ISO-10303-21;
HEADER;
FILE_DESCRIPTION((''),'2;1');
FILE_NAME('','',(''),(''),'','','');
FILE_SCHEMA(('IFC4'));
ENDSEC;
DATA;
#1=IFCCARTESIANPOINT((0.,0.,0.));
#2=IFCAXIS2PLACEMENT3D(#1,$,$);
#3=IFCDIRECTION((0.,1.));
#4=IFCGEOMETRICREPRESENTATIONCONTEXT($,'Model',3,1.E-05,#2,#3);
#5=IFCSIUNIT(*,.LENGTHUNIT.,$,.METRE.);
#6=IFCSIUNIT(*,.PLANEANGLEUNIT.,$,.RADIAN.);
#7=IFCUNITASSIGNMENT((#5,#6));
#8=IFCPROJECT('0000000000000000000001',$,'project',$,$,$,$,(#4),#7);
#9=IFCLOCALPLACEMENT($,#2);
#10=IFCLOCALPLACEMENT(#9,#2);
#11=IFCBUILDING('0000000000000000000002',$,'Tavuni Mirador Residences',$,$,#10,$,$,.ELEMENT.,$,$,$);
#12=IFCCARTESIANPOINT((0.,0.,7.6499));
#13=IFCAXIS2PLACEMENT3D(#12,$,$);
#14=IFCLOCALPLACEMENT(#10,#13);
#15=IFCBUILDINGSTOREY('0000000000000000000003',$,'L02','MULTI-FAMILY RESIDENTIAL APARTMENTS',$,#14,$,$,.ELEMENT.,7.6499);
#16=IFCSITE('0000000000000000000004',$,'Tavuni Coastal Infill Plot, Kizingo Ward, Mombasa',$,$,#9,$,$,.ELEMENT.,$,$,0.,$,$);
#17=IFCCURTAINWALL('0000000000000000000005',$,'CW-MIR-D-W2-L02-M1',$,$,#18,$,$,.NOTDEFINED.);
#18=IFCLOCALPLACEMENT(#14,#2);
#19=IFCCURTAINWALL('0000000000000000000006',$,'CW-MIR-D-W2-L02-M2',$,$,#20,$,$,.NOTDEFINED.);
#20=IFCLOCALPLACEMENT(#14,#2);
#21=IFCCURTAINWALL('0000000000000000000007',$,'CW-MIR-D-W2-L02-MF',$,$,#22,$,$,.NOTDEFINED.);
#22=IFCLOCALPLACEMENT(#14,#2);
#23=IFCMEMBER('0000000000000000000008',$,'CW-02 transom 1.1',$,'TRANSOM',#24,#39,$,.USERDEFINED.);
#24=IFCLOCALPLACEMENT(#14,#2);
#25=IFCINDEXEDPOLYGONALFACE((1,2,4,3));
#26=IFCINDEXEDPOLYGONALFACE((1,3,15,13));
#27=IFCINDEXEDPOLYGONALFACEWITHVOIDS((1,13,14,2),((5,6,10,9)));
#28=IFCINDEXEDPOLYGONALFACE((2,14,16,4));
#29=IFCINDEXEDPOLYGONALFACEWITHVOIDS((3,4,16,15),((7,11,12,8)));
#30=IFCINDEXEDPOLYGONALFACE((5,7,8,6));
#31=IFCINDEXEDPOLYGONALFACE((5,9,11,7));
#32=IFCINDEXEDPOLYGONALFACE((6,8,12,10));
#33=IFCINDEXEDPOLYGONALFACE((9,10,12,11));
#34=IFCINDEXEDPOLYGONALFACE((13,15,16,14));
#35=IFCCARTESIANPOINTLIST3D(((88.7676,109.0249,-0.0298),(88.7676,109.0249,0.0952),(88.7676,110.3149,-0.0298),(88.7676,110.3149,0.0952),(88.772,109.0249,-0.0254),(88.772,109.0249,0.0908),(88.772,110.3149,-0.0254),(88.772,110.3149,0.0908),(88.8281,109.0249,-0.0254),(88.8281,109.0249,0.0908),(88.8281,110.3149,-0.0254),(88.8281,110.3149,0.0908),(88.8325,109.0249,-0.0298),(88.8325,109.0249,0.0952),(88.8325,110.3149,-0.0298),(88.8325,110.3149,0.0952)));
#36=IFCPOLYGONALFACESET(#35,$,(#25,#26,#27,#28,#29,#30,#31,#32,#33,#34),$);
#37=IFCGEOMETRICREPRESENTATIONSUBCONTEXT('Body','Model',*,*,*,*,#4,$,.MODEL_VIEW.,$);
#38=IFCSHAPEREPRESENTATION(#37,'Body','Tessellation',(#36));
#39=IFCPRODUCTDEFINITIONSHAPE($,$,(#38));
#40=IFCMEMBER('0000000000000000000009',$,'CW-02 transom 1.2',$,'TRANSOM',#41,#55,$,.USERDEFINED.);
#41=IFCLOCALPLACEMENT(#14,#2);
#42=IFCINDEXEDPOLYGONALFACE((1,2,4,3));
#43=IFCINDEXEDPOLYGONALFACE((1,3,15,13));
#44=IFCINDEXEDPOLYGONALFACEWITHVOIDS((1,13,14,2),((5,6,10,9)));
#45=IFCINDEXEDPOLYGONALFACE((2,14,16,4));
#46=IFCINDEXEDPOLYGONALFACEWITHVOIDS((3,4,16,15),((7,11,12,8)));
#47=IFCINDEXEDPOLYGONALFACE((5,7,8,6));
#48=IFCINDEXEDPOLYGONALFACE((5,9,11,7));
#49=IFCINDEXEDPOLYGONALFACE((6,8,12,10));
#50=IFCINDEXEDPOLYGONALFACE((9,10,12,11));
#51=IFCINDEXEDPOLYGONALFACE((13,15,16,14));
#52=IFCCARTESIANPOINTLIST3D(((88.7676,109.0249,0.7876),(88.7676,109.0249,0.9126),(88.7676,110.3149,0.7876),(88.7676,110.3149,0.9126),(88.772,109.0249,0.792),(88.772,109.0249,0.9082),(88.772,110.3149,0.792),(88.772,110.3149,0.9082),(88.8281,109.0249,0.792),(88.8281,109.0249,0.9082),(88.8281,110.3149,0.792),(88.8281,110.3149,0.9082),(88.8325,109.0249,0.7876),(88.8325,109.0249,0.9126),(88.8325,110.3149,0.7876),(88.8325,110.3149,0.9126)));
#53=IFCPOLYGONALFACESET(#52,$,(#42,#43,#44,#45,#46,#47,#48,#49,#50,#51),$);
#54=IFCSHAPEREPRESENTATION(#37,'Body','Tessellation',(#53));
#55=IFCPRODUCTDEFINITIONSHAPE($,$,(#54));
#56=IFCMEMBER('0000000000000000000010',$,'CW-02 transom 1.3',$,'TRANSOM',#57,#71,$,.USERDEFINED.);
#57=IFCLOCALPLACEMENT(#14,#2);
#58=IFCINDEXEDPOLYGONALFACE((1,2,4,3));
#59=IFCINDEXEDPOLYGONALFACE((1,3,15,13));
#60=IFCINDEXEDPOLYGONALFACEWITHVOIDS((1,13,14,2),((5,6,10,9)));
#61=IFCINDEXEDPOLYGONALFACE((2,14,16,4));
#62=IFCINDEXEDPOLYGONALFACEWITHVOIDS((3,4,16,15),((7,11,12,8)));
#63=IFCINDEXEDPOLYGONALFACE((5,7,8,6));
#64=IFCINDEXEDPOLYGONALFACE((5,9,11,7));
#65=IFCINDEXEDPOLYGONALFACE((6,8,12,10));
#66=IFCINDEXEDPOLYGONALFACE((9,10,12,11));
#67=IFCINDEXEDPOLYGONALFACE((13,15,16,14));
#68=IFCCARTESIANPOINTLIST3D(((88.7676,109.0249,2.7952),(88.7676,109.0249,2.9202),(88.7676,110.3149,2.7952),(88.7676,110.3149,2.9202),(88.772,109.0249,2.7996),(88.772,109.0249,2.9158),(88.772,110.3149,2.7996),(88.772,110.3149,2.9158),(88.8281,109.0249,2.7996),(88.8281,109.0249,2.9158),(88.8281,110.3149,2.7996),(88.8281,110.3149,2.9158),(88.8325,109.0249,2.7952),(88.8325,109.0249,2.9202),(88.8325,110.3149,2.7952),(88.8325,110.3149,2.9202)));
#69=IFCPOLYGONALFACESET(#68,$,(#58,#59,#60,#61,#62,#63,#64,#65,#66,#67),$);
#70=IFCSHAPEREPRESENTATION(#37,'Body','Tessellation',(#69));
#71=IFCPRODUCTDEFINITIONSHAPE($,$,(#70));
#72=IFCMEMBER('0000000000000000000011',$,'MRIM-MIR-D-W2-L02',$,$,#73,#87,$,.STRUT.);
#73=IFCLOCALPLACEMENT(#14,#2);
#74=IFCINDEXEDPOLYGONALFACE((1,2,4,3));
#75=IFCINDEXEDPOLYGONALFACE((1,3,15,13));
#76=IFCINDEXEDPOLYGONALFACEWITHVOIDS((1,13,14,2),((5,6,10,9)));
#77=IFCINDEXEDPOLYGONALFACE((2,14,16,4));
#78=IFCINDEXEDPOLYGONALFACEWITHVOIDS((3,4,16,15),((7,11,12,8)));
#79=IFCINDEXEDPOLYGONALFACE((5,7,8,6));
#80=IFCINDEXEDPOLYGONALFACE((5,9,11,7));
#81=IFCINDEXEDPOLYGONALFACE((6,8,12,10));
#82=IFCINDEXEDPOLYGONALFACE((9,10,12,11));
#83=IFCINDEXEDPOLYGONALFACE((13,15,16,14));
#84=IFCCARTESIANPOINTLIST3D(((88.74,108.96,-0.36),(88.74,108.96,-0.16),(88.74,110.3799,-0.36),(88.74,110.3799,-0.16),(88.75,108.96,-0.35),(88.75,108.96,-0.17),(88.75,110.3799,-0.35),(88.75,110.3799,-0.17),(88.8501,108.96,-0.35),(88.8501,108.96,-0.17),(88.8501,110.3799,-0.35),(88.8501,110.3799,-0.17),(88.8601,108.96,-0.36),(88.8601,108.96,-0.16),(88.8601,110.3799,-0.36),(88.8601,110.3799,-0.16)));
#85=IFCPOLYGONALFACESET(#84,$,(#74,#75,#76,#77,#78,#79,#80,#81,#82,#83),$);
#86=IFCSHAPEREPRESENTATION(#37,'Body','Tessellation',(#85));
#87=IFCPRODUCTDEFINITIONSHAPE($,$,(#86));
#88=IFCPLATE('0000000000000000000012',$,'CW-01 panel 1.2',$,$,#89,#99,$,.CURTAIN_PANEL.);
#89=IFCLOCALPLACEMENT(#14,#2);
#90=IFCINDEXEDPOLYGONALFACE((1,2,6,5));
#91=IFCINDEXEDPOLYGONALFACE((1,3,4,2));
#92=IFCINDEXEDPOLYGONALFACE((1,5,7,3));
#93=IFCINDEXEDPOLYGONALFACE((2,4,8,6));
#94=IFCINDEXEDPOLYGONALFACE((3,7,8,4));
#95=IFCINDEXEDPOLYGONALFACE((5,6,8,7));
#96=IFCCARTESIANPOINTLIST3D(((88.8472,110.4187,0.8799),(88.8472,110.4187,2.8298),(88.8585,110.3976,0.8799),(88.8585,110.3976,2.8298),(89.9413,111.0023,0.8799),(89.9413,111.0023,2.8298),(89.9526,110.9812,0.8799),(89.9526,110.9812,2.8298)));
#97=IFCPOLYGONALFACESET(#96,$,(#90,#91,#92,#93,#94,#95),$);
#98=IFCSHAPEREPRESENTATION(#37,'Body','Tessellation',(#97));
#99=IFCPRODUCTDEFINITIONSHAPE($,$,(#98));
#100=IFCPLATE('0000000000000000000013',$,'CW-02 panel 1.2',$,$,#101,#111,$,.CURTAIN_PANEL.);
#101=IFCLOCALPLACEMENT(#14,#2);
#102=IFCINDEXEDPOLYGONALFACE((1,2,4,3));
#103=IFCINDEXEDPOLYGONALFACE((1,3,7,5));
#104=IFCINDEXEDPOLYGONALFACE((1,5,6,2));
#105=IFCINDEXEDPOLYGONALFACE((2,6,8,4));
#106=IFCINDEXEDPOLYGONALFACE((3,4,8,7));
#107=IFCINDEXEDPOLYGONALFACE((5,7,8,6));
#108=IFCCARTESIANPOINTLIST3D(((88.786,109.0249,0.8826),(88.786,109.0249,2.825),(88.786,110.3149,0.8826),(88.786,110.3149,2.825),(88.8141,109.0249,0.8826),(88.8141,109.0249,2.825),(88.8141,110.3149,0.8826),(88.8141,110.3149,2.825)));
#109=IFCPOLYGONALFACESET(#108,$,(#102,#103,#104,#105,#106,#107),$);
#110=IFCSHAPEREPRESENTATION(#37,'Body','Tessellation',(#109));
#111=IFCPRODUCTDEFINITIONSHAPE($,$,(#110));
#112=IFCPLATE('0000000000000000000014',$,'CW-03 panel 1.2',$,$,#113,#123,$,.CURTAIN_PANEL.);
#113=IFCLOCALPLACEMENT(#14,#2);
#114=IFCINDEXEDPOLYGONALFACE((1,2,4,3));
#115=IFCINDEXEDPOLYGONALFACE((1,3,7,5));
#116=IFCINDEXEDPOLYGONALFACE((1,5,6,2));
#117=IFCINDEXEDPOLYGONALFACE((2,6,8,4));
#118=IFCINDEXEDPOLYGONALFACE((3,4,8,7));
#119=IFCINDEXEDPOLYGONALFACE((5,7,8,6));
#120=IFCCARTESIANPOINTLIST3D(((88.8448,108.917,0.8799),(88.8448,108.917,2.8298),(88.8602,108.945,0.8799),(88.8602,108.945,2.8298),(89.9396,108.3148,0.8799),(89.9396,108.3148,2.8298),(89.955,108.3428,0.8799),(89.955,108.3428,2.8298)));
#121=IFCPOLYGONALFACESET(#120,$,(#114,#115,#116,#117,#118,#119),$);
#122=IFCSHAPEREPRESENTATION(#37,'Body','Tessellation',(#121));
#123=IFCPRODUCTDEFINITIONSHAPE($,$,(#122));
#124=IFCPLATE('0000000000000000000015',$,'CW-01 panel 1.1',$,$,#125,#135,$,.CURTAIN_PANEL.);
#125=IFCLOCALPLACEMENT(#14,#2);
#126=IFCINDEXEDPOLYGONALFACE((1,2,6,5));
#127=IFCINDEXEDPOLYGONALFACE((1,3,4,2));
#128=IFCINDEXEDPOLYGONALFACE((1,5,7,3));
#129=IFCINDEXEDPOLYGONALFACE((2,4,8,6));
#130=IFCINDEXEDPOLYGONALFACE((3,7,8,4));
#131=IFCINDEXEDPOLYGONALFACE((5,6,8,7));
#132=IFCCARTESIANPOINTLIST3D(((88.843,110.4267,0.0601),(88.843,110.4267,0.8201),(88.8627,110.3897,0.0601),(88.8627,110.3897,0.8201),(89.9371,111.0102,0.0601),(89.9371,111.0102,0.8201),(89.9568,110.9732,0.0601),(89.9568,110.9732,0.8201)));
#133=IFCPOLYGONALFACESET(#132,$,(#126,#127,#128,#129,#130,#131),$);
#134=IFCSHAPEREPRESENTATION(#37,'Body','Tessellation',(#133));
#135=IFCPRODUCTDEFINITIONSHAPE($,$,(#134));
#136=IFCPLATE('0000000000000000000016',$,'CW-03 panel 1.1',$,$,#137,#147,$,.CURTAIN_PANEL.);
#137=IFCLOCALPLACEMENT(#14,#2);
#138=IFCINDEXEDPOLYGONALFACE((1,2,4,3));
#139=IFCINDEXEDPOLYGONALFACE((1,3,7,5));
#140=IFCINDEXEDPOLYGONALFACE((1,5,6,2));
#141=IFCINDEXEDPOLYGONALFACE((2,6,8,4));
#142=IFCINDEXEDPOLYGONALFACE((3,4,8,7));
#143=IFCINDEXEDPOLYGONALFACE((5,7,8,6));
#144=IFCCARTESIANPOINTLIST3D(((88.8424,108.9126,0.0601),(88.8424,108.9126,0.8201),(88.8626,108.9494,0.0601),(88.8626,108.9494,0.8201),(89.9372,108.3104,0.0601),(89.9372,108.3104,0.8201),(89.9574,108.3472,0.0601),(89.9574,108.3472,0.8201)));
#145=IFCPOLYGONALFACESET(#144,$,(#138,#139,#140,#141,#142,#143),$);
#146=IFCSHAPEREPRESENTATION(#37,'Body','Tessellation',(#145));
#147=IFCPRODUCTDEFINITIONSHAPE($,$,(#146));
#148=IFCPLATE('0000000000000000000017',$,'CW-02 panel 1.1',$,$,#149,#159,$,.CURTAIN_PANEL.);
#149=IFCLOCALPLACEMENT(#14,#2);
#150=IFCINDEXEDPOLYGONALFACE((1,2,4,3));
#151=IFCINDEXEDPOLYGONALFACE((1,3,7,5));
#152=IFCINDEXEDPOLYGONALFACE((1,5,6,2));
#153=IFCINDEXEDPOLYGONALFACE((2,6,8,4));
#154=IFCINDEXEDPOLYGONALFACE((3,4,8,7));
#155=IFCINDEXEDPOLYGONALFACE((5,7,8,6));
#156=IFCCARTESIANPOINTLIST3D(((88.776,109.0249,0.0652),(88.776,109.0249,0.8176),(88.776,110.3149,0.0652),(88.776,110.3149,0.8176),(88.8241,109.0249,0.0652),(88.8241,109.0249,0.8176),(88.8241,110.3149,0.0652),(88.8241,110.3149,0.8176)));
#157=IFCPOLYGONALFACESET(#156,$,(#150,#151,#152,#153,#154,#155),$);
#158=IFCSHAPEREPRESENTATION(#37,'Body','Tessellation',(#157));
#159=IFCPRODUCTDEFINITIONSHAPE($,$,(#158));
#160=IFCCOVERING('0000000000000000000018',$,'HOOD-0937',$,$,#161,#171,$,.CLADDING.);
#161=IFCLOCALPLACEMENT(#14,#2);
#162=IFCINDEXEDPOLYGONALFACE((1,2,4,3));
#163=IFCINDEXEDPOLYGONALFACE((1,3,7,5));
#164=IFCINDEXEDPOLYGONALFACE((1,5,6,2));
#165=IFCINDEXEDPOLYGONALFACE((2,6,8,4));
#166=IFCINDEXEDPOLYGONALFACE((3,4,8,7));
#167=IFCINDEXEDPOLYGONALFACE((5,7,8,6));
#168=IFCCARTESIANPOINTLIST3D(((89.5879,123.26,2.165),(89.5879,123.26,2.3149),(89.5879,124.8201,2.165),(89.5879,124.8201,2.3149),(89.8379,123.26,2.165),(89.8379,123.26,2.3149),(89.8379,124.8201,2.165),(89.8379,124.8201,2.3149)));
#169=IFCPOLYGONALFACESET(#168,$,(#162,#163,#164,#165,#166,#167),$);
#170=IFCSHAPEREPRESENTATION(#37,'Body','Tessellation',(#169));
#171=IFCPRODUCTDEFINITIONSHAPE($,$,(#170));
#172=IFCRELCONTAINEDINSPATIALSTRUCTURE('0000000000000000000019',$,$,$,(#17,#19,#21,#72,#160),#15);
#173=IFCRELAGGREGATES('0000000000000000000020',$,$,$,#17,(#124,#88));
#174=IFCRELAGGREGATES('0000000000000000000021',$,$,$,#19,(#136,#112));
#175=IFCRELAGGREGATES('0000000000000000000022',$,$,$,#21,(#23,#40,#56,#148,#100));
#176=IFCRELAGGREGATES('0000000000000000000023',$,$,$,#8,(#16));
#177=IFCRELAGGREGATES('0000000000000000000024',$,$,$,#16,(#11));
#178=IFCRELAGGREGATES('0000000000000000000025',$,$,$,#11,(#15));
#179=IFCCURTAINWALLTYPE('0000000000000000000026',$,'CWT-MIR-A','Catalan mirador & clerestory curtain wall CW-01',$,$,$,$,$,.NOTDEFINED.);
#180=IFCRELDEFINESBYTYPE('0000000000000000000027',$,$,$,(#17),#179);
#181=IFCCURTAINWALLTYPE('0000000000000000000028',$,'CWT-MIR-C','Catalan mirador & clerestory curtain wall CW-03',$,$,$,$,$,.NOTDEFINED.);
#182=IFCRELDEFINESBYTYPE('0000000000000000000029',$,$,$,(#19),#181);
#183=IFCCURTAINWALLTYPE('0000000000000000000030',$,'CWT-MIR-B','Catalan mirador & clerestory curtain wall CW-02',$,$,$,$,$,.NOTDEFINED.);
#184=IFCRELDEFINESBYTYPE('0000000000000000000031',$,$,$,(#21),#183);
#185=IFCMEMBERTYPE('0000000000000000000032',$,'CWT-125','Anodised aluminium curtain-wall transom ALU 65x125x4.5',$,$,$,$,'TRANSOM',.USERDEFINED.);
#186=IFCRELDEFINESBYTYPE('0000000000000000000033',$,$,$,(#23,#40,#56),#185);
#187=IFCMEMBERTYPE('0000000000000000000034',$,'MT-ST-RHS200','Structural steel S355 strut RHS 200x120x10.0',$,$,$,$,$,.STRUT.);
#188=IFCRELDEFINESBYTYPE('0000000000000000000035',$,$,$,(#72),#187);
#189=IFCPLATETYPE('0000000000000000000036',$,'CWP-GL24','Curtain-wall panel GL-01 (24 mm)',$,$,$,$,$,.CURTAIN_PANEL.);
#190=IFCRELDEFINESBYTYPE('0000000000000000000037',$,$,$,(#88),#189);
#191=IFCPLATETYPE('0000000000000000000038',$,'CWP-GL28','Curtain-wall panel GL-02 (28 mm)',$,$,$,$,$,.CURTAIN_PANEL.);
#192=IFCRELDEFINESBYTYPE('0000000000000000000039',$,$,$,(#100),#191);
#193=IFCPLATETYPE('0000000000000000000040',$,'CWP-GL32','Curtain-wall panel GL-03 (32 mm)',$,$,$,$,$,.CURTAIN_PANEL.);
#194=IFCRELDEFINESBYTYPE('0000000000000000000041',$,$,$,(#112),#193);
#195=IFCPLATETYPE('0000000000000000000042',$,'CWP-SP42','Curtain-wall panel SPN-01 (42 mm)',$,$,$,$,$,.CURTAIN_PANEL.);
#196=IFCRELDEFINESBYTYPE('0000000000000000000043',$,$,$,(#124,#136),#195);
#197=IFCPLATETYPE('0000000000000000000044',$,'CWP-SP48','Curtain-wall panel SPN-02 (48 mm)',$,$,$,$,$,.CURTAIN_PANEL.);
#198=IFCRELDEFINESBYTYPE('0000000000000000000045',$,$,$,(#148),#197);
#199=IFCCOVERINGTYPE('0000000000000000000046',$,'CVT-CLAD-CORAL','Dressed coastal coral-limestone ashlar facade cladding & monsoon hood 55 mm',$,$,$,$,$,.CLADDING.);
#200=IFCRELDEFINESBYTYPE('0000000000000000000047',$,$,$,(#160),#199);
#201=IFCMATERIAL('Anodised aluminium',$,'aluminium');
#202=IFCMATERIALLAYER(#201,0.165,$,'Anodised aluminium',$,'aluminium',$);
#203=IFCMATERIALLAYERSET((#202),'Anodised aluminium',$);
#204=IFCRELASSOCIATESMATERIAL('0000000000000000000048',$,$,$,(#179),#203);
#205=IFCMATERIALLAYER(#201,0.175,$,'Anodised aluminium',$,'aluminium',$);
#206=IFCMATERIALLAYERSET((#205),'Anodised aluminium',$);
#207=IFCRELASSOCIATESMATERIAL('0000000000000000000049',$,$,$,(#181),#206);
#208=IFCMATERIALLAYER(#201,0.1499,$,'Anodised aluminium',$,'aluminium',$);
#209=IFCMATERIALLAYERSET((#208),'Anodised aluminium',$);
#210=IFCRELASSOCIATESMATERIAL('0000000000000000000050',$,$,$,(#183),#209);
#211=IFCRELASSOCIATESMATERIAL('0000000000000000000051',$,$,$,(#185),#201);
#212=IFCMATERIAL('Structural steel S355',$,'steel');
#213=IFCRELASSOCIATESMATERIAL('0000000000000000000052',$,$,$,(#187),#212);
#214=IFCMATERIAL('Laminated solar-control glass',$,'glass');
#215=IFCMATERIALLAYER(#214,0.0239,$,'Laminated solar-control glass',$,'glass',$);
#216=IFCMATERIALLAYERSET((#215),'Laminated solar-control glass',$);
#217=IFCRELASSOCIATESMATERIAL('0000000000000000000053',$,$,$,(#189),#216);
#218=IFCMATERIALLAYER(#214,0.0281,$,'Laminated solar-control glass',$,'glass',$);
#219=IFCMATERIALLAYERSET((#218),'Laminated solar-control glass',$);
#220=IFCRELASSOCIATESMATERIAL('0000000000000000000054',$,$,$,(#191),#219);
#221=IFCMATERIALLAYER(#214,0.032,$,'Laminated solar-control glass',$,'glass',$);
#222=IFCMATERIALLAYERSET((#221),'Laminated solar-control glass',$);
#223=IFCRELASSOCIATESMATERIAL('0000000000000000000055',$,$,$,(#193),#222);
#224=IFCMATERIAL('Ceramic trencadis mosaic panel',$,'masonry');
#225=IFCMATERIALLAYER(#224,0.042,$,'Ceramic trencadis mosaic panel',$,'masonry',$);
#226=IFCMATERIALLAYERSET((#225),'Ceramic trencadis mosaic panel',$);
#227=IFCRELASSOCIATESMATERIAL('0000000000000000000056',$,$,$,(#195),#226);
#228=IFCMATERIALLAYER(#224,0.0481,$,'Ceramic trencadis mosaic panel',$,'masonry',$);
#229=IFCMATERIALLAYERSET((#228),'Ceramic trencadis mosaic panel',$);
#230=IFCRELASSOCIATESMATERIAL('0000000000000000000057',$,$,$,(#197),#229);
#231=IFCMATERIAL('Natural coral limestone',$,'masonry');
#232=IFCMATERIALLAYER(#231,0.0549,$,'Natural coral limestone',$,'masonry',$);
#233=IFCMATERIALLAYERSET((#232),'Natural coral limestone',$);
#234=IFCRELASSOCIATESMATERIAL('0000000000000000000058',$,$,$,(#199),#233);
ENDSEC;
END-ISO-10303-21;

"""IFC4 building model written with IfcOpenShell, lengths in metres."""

from ifc_helpers import new_model, si_unit, direction, frame, origin, origin_2d, place, context, subcontext, project, spatial, rectangle, hollow_rectangle, extrude, material, layer, layer_set, material_profile, profile_set, type_object, element, aggregate, save


model = new_model("IFC4")

# Units and contexts
model_context = context("Model", 3, precision=1e-05, world=origin(), true_north=direction((0.0, 1.0)))
body_context = subcontext(model_context, "Body", "Model", "MODEL_VIEW")
ifc_project = project(units=[si_unit("LENGTHUNIT", "METRE"), si_unit("PLANEANGLEUNIT", "RADIAN")], contexts=[model_context])

# Site, building, storey
site_placement = place(None, origin())
site = spatial("IfcSite", under=ifc_project, at=site_placement, Name="Tavuni Coastal Infill Plot, Kizingo Ward, Mombasa", CompositionType="ELEMENT", RefElevation=0.0)
building_placement = place(site_placement, origin())
building = spatial("IfcBuilding", under=site, at=building_placement, Name="Tavuni Mirador Residences", CompositionType="ELEMENT")
storey_placement = place(building_placement, frame((0.0, 0.0, 7.6499)))
storey = spatial("IfcBuildingStorey", under=building, at=storey_placement, Name="L02", Description="MULTI-FAMILY RESIDENTIAL APARTMENTS", CompositionType="ELEMENT", Elevation=7.6499)

# Shared definitions
ifc_material_1 = material(Name="Structural steel S355", Category="steel")

# Curtain walls
ifc_material_2 = material(Name="Anodised aluminium", Category="aluminium")
ifc_layer_1 = layer(ifc_material_2, 0.165, Name="Anodised aluminium", Category="aluminium")
ifc_layer_set_1 = layer_set([ifc_layer_1], Name="Anodised aluminium")
curtain_wall_type_1 = type_object("IfcCurtainWallType", Name="CWT-MIR-A", Description="Catalan mirador & clerestory curtain wall CW-01", PredefinedType="NOTDEFINED", material=ifc_layer_set_1)
curtain_wall_1_placement = place(storey_placement, origin())
curtain_wall_1 = element("IfcCurtainWall", 1, at=curtain_wall_1_placement, inside=storey, type_object=curtain_wall_type_1, Name="CW-MIR-D-W2-L02-M1", PredefinedType="NOTDEFINED")
ifc_layer_2 = layer(ifc_material_2, 0.175, Name="Anodised aluminium", Category="aluminium")
ifc_layer_set_2 = layer_set([ifc_layer_2], Name="Anodised aluminium")
curtain_wall_type_2 = type_object("IfcCurtainWallType", Name="CWT-MIR-C", Description="Catalan mirador & clerestory curtain wall CW-03", PredefinedType="NOTDEFINED", material=ifc_layer_set_2)
curtain_wall_2_placement = place(storey_placement, origin())
curtain_wall_2 = element("IfcCurtainWall", 2, at=curtain_wall_2_placement, inside=storey, type_object=curtain_wall_type_2, Name="CW-MIR-D-W2-L02-M2", PredefinedType="NOTDEFINED")

# Curtain wall
ifc_layer_3 = layer(ifc_material_2, 0.1499, Name="Anodised aluminium", Category="aluminium")
ifc_layer_set_3 = layer_set([ifc_layer_3], Name="Anodised aluminium")
curtain_wall_type_3 = type_object("IfcCurtainWallType", Name="CWT-MIR-B", Description="Catalan mirador & clerestory curtain wall CW-02", PredefinedType="NOTDEFINED", material=ifc_layer_set_3)
curtain_wall_3_placement = place(storey_placement, origin())
curtain_wall_3 = element("IfcCurtainWall", 3, at=curtain_wall_3_placement, inside=storey, type_object=curtain_wall_type_3, Name="CW-MIR-D-W2-L02-MF", PredefinedType="NOTDEFINED")

# Members
ifc_material_profile_1 = material_profile(ifc_material_2, hollow_rectangle(XDim=0.0649, YDim=0.125, WallThickness=0.0044, at=origin_2d()), Name="ALU 65x125x4.5", Category="aluminium")
ifc_profile_set_1 = profile_set([ifc_material_profile_1], Name="Anodised aluminium")
member_type_1 = type_object("IfcMemberType", Name="CWT-125", Description="Anodised aluminium curtain-wall transom ALU 65x125x4.5", ElementType="TRANSOM", PredefinedType="USERDEFINED", material=ifc_profile_set_1)
member_1_placement = place(storey_placement, frame((88.8, 110.3149, 0.0327), z_axis=(0.0, -1.0, 0.0), x_axis=(1.0, 0.0, 0.0)))
member_1 = element("IfcMember", 4, at=member_1_placement, type_object=member_type_1, Name="CW-02 transom 1.1", ObjectType="TRANSOM", PredefinedType="USERDEFINED", context=body_context, shape_type="SweptSolid", body=[
    extrude(hollow_rectangle(XDim=0.0649, YDim=0.125, WallThickness=0.0044, at=origin_2d()), origin(), (0.0, 0.0, 1.0), 1.29),
])
member_2_placement = place(storey_placement, frame((88.8, 110.3149, 0.8501), z_axis=(0.0, -1.0, 0.0), x_axis=(1.0, 0.0, 0.0)))
member_2 = element("IfcMember", 5, at=member_2_placement, type_object=member_type_1, Name="CW-02 transom 1.2", ObjectType="TRANSOM", PredefinedType="USERDEFINED", context=body_context, shape_type="SweptSolid", body=[
    extrude(hollow_rectangle(XDim=0.0649, YDim=0.125, WallThickness=0.0044, at=origin_2d()), origin(), (0.0, 0.0, 1.0), 1.29),
])
member_3_placement = place(storey_placement, frame((88.8, 110.3149, 2.8577), z_axis=(0.0, -1.0, 0.0), x_axis=(1.0, 0.0, 0.0)))
member_3 = element("IfcMember", 6, at=member_3_placement, type_object=member_type_1, Name="CW-02 transom 1.3", ObjectType="TRANSOM", PredefinedType="USERDEFINED", context=body_context, shape_type="SweptSolid", body=[
    extrude(hollow_rectangle(XDim=0.0649, YDim=0.125, WallThickness=0.0044, at=origin_2d()), origin(), (0.0, 0.0, 1.0), 1.29),
])
ifc_material_profile_2 = material_profile(ifc_material_1, hollow_rectangle(XDim=0.1201, YDim=0.2, WallThickness=0.01, at=origin_2d()), Name="RHS 200x120x10.0", Category="steel")
ifc_profile_set_2 = profile_set([ifc_material_profile_2], Name="Structural steel S355")
member_type_2 = type_object("IfcMemberType", Name="MT-ST-RHS200", Description="Structural steel S355 strut RHS 200x120x10.0", PredefinedType="STRUT", material=ifc_profile_set_2)
member_4_placement = place(storey_placement, frame((88.8, 108.96, -0.26), z_axis=(0.0, 1.0, 0.0), x_axis=(-1.0, 0.0, 0.0)))
element("IfcMember", 7, at=member_4_placement, inside=storey, type_object=member_type_2, Name="MRIM-MIR-D-W2-L02", PredefinedType="STRUT", context=body_context, shape_type="SweptSolid", body=[
    extrude(hollow_rectangle(XDim=0.1201, YDim=0.2, WallThickness=0.01, at=origin_2d()), origin(), (0.0, 0.0, 1.0), 1.4199),
])

# Plates
ifc_material_3 = material(Name="Laminated solar-control glass", Category="glass")
ifc_layer_4 = layer(ifc_material_3, 0.0239, Name="Laminated solar-control glass", Category="glass")
ifc_layer_set_4 = layer_set([ifc_layer_4], Name="Laminated solar-control glass")
plate_type_1 = type_object("IfcPlateType", Name="CWP-GL24", Description="Curtain-wall panel GL-01 (24 mm)", PredefinedType="CURTAIN_PANEL", material=ifc_layer_set_4)
plate_1_placement = place(storey_placement, frame((89.3999, 110.7, 0.8799), z_axis=(0.0, 0.0, 1.0), x_axis=(-0.882353, -0.470588, 0.0)))
plate_1 = element("IfcPlate", 8, at=plate_1_placement, type_object=plate_type_1, Name="CW-01 panel 1.2", PredefinedType="CURTAIN_PANEL", context=body_context, shape_type="SweptSolid", body=[
    extrude(rectangle(XDim=1.24, YDim=0.0239, at=origin_2d()), origin(), (0.0, 0.0, 1.0), 1.95),
])
ifc_layer_5 = layer(ifc_material_3, 0.0281, Name="Laminated solar-control glass", Category="glass")
ifc_layer_set_5 = layer_set([ifc_layer_5], Name="Laminated solar-control glass")
plate_type_2 = type_object("IfcPlateType", Name="CWP-GL28", Description="Curtain-wall panel GL-02 (28 mm)", PredefinedType="CURTAIN_PANEL", material=ifc_layer_set_5)
plate_2_placement = place(storey_placement, frame((88.8, 109.6699, 0.8826), z_axis=(0.0, 0.0, 1.0), x_axis=(0.0, -1.0, 0.0)))
plate_2 = element("IfcPlate", 9, at=plate_2_placement, type_object=plate_type_2, Name="CW-02 panel 1.2", PredefinedType="CURTAIN_PANEL", context=body_context, shape_type="SweptSolid", body=[
    extrude(rectangle(XDim=1.29, YDim=0.0281, at=origin_2d()), origin(), (0.0, 0.0, 1.0), 1.9424),
])
ifc_layer_6 = layer(ifc_material_3, 0.032, Name="Laminated solar-control glass", Category="glass")
ifc_layer_set_6 = layer_set([ifc_layer_6], Name="Laminated solar-control glass")
plate_type_3 = type_object("IfcPlateType", Name="CWP-GL32", Description="Curtain-wall panel GL-03 (32 mm)", PredefinedType="CURTAIN_PANEL", material=ifc_layer_set_6)
plate_3_placement = place(storey_placement, frame((89.3999, 108.6299, 0.8799), z_axis=(0.0, 0.0, 1.0), x_axis=(0.876216, -0.481919, 0.0)))
plate_3 = element("IfcPlate", 10, at=plate_3_placement, type_object=plate_type_3, Name="CW-03 panel 1.2", PredefinedType="CURTAIN_PANEL", context=body_context, shape_type="SweptSolid", body=[
    extrude(rectangle(XDim=1.2495, YDim=0.032, at=origin_2d()), origin(), (0.0, 0.0, 1.0), 1.95),
])
ifc_material_4 = material(Name="Ceramic trencadis mosaic panel", Category="masonry")
ifc_layer_7 = layer(ifc_material_4, 0.042, Name="Ceramic trencadis mosaic panel", Category="masonry")
ifc_layer_set_7 = layer_set([ifc_layer_7], Name="Ceramic trencadis mosaic panel")
plate_type_4 = type_object("IfcPlateType", Name="CWP-SP42", Description="Curtain-wall panel SPN-01 (42 mm)", PredefinedType="CURTAIN_PANEL", material=ifc_layer_set_7)
plate_4_placement = place(storey_placement, frame((89.3999, 110.7, 0.0601), z_axis=(0.0, 0.0, 1.0), x_axis=(-0.882353, -0.470588, 0.0)))
plate_4 = element("IfcPlate", 11, at=plate_4_placement, type_object=plate_type_4, Name="CW-01 panel 1.1", PredefinedType="CURTAIN_PANEL", context=body_context, shape_type="SweptSolid", body=[
    extrude(rectangle(XDim=1.24, YDim=0.042, at=origin_2d()), origin(), (0.0, 0.0, 1.0), 0.76),
])
aggregate(curtain_wall_1, [plate_4, plate_1])
plate_5_placement = place(storey_placement, frame((89.3999, 108.6299, 0.0601), z_axis=(0.0, 0.0, 1.0), x_axis=(0.876216, -0.481919, 0.0)))
plate_5 = element("IfcPlate", 12, at=plate_5_placement, type_object=plate_type_4, Name="CW-03 panel 1.1", PredefinedType="CURTAIN_PANEL", context=body_context, shape_type="SweptSolid", body=[
    extrude(rectangle(XDim=1.2495, YDim=0.042, at=origin_2d()), origin(), (0.0, 0.0, 1.0), 0.76),
])
aggregate(curtain_wall_2, [plate_5, plate_3])
ifc_layer_8 = layer(ifc_material_4, 0.0481, Name="Ceramic trencadis mosaic panel", Category="masonry")
ifc_layer_set_8 = layer_set([ifc_layer_8], Name="Ceramic trencadis mosaic panel")
plate_type_5 = type_object("IfcPlateType", Name="CWP-SP48", Description="Curtain-wall panel SPN-02 (48 mm)", PredefinedType="CURTAIN_PANEL", material=ifc_layer_set_8)
plate_6_placement = place(storey_placement, frame((88.8, 109.6699, 0.0652), z_axis=(0.0, 0.0, 1.0), x_axis=(0.0, -1.0, 0.0)))
plate_6 = element("IfcPlate", 13, at=plate_6_placement, type_object=plate_type_5, Name="CW-02 panel 1.1", PredefinedType="CURTAIN_PANEL", context=body_context, shape_type="SweptSolid", body=[
    extrude(rectangle(XDim=1.29, YDim=0.0481, at=origin_2d()), origin(), (0.0, 0.0, 1.0), 0.7524),
])
aggregate(curtain_wall_3, [member_1, member_2, member_3, plate_6, plate_2])

# Covering
ifc_material_5 = material(Name="Natural coral limestone", Category="masonry")
ifc_layer_9 = layer(ifc_material_5, 0.0549, Name="Natural coral limestone", Category="masonry")
ifc_layer_set_9 = layer_set([ifc_layer_9], Name="Natural coral limestone")
covering_type = type_object("IfcCoveringType", Name="CVT-CLAD-CORAL", Description="Dressed coastal coral-limestone ashlar facade cladding & monsoon hood 55 mm", PredefinedType="CLADDING", material=ifc_layer_set_9)
covering_placement = place(storey_placement, frame((89.7129, 124.04, 2.165), z_axis=(0.0, 0.0, 1.0), x_axis=(0.0, -1.0, 0.0)))
element("IfcCovering", 14, at=covering_placement, inside=storey, type_object=covering_type, Name="HOOD-0937", PredefinedType="CLADDING", context=body_context, shape_type="SweptSolid", body=[
    extrude(rectangle(XDim=1.5601, YDim=0.25, at=origin_2d()), origin(), (0.0, 0.0, 1.0), 0.1499),
])

save(model, "model.ifc")
